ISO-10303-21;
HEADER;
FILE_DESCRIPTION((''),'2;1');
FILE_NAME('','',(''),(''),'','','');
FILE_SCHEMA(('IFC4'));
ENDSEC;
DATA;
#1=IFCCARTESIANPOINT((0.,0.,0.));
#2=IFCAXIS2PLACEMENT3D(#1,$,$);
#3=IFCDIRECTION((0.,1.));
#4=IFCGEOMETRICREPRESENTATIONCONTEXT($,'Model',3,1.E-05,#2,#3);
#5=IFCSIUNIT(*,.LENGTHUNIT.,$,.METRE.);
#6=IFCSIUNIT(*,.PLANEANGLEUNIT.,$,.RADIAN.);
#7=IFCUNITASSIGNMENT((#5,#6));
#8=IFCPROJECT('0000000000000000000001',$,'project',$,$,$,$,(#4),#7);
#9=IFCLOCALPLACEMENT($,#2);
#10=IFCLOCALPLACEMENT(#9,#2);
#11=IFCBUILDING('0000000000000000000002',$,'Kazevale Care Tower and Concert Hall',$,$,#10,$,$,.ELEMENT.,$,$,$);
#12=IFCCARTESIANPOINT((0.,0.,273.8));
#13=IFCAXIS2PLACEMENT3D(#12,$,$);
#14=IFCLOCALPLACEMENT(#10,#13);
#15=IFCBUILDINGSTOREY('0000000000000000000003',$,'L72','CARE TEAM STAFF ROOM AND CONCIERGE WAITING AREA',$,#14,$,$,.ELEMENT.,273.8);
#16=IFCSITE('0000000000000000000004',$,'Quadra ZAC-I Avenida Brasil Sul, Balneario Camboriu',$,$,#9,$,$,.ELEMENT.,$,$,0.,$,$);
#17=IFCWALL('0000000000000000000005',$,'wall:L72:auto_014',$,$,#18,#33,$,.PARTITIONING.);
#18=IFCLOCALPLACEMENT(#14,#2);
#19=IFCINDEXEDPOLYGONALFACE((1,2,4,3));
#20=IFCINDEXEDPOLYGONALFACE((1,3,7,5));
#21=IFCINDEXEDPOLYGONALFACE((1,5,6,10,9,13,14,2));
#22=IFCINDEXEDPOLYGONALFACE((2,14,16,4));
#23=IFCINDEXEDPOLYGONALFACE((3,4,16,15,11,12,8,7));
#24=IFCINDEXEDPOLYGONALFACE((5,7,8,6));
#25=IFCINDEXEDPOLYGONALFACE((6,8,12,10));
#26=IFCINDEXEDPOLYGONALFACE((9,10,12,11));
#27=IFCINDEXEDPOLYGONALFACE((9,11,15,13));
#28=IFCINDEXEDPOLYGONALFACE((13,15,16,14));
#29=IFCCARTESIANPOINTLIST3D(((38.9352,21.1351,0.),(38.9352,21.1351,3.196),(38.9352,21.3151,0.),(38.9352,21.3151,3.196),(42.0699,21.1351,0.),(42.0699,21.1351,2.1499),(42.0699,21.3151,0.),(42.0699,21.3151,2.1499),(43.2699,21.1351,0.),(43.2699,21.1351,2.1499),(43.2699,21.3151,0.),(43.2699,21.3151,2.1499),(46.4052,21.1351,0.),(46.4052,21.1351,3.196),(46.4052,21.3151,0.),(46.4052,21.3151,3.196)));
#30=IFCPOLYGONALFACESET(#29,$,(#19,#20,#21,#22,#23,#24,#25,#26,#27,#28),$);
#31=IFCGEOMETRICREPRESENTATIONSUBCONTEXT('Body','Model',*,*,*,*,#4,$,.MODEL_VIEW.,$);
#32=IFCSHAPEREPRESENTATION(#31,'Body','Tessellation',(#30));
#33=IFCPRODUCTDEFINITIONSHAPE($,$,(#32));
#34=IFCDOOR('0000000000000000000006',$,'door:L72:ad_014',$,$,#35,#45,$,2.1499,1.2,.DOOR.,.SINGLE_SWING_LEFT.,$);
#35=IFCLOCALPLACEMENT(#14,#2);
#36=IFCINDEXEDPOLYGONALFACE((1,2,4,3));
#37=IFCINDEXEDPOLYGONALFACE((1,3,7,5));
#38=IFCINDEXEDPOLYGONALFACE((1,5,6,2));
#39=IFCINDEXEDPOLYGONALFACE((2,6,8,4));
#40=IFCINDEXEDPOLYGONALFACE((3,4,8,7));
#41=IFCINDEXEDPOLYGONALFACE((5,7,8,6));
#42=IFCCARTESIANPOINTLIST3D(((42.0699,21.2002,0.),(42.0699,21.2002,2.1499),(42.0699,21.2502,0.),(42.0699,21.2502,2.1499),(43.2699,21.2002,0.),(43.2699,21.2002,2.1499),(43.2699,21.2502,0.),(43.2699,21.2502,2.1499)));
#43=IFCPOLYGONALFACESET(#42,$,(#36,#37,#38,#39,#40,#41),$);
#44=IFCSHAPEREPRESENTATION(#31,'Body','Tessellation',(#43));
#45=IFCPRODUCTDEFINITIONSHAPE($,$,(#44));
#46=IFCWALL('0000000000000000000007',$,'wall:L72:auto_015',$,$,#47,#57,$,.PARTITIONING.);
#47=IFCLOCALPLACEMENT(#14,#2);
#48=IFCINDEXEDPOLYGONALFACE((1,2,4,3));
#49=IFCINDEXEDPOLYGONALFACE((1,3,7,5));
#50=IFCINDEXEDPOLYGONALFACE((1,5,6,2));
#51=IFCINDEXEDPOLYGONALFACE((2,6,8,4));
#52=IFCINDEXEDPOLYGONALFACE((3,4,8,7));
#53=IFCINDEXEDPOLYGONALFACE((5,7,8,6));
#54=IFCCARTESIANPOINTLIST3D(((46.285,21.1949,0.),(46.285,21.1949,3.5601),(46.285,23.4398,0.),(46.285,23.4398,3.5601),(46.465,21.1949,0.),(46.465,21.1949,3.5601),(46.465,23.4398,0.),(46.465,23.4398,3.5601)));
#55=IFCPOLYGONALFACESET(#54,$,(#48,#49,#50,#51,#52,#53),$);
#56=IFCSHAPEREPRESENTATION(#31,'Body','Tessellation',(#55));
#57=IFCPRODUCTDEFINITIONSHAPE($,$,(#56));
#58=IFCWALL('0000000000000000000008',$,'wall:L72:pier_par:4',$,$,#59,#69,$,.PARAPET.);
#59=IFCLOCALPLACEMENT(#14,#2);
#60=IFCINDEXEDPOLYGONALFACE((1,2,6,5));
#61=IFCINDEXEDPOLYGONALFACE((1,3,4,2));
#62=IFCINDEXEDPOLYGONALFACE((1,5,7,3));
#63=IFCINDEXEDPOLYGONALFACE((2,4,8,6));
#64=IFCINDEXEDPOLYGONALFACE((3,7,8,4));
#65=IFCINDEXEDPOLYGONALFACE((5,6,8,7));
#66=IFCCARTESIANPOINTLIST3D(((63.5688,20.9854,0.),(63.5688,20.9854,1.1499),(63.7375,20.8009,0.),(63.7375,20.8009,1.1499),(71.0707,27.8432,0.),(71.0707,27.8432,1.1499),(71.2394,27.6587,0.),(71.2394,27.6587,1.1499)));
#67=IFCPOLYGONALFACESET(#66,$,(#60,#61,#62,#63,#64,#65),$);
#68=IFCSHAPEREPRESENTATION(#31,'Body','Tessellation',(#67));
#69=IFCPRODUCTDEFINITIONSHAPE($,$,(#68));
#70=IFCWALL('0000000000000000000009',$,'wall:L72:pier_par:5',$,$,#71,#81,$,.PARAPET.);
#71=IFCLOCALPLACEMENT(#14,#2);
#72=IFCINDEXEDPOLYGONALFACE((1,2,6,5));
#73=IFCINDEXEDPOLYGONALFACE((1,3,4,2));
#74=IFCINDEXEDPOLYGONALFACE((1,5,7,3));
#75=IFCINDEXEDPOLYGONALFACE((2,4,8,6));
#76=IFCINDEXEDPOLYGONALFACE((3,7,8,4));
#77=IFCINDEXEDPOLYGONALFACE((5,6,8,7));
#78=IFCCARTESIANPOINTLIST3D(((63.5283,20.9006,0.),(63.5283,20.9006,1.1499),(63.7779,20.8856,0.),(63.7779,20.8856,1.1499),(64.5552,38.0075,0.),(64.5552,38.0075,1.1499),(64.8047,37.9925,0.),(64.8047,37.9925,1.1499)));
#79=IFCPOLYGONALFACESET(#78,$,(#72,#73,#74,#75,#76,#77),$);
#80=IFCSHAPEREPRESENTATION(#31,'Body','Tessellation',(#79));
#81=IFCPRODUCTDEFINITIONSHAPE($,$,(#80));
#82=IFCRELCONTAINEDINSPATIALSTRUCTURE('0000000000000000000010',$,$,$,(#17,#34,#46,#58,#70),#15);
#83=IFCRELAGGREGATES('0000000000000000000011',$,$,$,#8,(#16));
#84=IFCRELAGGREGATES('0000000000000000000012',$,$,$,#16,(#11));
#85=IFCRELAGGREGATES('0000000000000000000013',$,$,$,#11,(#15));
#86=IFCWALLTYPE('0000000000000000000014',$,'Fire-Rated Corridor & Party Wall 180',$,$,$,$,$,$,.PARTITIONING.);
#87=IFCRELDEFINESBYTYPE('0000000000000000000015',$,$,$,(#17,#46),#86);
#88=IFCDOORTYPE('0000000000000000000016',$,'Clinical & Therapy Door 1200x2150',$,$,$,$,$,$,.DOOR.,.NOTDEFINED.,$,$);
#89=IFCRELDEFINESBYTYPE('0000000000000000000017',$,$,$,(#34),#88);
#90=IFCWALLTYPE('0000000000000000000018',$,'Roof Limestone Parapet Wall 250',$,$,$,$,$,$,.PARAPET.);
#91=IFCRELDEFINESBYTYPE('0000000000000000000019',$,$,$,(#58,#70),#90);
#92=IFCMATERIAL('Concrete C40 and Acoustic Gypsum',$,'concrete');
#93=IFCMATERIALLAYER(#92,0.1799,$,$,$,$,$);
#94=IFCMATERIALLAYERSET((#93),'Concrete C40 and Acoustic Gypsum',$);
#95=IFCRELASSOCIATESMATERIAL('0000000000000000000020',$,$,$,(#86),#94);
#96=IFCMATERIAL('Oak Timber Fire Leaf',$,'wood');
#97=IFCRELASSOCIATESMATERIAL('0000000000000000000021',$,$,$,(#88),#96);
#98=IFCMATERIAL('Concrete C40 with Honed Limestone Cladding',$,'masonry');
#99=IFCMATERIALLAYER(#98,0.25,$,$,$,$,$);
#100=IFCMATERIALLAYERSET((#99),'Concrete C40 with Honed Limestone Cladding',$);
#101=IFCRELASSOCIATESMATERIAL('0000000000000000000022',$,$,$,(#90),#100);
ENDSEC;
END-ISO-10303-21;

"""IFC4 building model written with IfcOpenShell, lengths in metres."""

from ifc_helpers import new_model, si_unit, direction, frame, frame_2d, origin, place, context, subcontext, project, spatial, rectangle, extrude, material, layer, layer_set, type_object, element, fill, save


model = new_model("IFC4")

# Units and contexts
model_context = context("Model", 3, precision=1e-05, world=origin(), true_north=direction((0.0, 1.0)))
body_context = subcontext(model_context, "Body", "Model", "MODEL_VIEW")
ifc_project = project(units=[si_unit("LENGTHUNIT", "METRE"), si_unit("PLANEANGLEUNIT", "RADIAN")], contexts=[model_context])

# Site, building, storey
site_placement = place(None, origin())
site = spatial("IfcSite", under=ifc_project, at=site_placement, Name="Quadra ZAC-I Avenida Brasil Sul, Balneario Camboriu", CompositionType="ELEMENT", RefElevation=0.0)
building_placement = place(site_placement, origin())
building = spatial("IfcBuilding", under=site, at=building_placement, Name="Kazevale Care Tower and Concert Hall", CompositionType="ELEMENT")
storey_placement = place(building_placement, frame((0.0, 0.0, 273.8)))
storey = spatial("IfcBuildingStorey", under=building, at=storey_placement, Name="L72", Description="CARE TEAM STAFF ROOM AND CONCIERGE WAITING AREA", CompositionType="ELEMENT", Elevation=273.8)

# Wall, opening, door
ifc_material_1 = material(Name="Oak Timber Fire Leaf", Category="wood")
ifc_material_2 = material(Name="Concrete C40 and Acoustic Gypsum", Category="concrete")
ifc_layer_1 = layer(ifc_material_2, 0.1799)
ifc_layer_set_1 = layer_set([ifc_layer_1], Name="Concrete C40 and Acoustic Gypsum")
wall_type_1 = type_object("IfcWallType", Name="Fire-Rated Corridor & Party Wall 180", PredefinedType="PARTITIONING", material=ifc_layer_set_1)
wall_1_placement = place(storey_placement, frame((46.405, 21.2251, 0.0), z_axis=(0.0, 0.0, 1.0), x_axis=(-1.0, 0.0, 0.0)))
wall_1 = element("IfcWall", 1, at=wall_1_placement, inside=storey, type_object=wall_type_1, Name="wall:L72:auto_014", PredefinedType="PARTITIONING", context=body_context, shape_type="SweptSolid", body=[
    extrude(rectangle(XDim=7.47, YDim=0.1799, at=frame_2d((3.7349, 0.0))), origin(), (0.0, 0.0, 1.0), 3.196),
])
opening_1_placement = place(wall_1_placement, frame((3.135, 0.0, 0.0)))
opening_1 = element("IfcOpeningElement", 2, at=opening_1_placement, cuts=wall_1, PredefinedType="OPENING", context=body_context, shape_type="SweptSolid", body=[
    extrude(rectangle(XDim=1.2, YDim=2.1499, at=frame_2d((0.6001, 1.075))), frame((0.0, 0.0999, 0.0), z_axis=(0.0, -1.0, 0.0), x_axis=(1.0, 0.0, 0.0)), (0.0, 0.0, 1.0), 0.2),
])
door_type_1 = type_object("IfcDoorType", Name="Clinical & Therapy Door 1200x2150", OperationType="NOTDEFINED", PredefinedType="DOOR", material=ifc_material_1)
door_1_placement = place(opening_1_placement, origin())
door_1 = element("IfcDoor", 3, at=door_1_placement, inside=storey, type_object=door_type_1, Name="door:L72:ad_014", OperationType="SINGLE_SWING_LEFT", OverallHeight=2.1499, OverallWidth=1.2, PredefinedType="DOOR", context=body_context, shape_type="SweptSolid", body=[
    extrude(rectangle(XDim=1.2, YDim=2.1499, at=frame_2d((0.6001, 1.075))), frame((0.0, 0.0249, 0.0), z_axis=(0.0, -1.0, 0.0), x_axis=(1.0, 0.0, 0.0)), (0.0, 0.0, 1.0), 0.05),
])
fill(opening_1, door_1)

# Walls
wall_2_placement = place(storey_placement, frame((46.375, 23.4399, 0.0), z_axis=(0.0, 0.0, 1.0), x_axis=(0.0, -1.0, 0.0)))
element("IfcWall", 4, at=wall_2_placement, inside=storey, type_object=wall_type_1, Name="wall:L72:auto_015", PredefinedType="PARTITIONING", context=body_context, shape_type="SweptSolid", body=[
    extrude(rectangle(XDim=2.2449, YDim=0.1799, at=frame_2d((1.1226, 0.0))), origin(), (0.0, 0.0, 1.0), 3.5601),
])
ifc_material_3 = material(Name="Concrete C40 with Honed Limestone Cladding", Category="masonry")
ifc_layer_2 = layer(ifc_material_3, 0.25)
ifc_layer_set_2 = layer_set([ifc_layer_2], Name="Concrete C40 with Honed Limestone Cladding")
wall_type_2 = type_object("IfcWallType", Name="Roof Limestone Parapet Wall 250", PredefinedType="PARAPET", material=ifc_layer_set_2)
wall_3_placement = place(storey_placement, frame((71.155, 27.751, 0.0), z_axis=(0.0, 0.0, 1.0), x_axis=(-0.738079, -0.674715, 0.0)))
element("IfcWall", 5, at=wall_3_placement, inside=storey, type_object=wall_type_2, Name="wall:L72:pier_par:4", PredefinedType="PARAPET", context=body_context, shape_type="SweptSolid", body=[
    extrude(rectangle(XDim=10.1641, YDim=0.25, at=frame_2d((5.082, 0.0))), origin(), (0.0, 0.0, 1.0), 1.1499),
])
wall_4_placement = place(storey_placement, frame((63.6531, 20.8931, 0.0), z_axis=(0.0, 0.0, 1.0), x_axis=(0.059918, 0.998203, 0.0)))
element("IfcWall", 6, at=wall_4_placement, inside=storey, type_object=wall_type_2, Name="wall:L72:pier_par:5", PredefinedType="PARAPET", context=body_context, shape_type="SweptSolid", body=[
    extrude(rectangle(XDim=17.1377, YDim=0.25, at=frame_2d((8.5688, 0.0))), origin(), (0.0, 0.0, 1.0), 1.1499),
])

save(model, "model.ifc")
